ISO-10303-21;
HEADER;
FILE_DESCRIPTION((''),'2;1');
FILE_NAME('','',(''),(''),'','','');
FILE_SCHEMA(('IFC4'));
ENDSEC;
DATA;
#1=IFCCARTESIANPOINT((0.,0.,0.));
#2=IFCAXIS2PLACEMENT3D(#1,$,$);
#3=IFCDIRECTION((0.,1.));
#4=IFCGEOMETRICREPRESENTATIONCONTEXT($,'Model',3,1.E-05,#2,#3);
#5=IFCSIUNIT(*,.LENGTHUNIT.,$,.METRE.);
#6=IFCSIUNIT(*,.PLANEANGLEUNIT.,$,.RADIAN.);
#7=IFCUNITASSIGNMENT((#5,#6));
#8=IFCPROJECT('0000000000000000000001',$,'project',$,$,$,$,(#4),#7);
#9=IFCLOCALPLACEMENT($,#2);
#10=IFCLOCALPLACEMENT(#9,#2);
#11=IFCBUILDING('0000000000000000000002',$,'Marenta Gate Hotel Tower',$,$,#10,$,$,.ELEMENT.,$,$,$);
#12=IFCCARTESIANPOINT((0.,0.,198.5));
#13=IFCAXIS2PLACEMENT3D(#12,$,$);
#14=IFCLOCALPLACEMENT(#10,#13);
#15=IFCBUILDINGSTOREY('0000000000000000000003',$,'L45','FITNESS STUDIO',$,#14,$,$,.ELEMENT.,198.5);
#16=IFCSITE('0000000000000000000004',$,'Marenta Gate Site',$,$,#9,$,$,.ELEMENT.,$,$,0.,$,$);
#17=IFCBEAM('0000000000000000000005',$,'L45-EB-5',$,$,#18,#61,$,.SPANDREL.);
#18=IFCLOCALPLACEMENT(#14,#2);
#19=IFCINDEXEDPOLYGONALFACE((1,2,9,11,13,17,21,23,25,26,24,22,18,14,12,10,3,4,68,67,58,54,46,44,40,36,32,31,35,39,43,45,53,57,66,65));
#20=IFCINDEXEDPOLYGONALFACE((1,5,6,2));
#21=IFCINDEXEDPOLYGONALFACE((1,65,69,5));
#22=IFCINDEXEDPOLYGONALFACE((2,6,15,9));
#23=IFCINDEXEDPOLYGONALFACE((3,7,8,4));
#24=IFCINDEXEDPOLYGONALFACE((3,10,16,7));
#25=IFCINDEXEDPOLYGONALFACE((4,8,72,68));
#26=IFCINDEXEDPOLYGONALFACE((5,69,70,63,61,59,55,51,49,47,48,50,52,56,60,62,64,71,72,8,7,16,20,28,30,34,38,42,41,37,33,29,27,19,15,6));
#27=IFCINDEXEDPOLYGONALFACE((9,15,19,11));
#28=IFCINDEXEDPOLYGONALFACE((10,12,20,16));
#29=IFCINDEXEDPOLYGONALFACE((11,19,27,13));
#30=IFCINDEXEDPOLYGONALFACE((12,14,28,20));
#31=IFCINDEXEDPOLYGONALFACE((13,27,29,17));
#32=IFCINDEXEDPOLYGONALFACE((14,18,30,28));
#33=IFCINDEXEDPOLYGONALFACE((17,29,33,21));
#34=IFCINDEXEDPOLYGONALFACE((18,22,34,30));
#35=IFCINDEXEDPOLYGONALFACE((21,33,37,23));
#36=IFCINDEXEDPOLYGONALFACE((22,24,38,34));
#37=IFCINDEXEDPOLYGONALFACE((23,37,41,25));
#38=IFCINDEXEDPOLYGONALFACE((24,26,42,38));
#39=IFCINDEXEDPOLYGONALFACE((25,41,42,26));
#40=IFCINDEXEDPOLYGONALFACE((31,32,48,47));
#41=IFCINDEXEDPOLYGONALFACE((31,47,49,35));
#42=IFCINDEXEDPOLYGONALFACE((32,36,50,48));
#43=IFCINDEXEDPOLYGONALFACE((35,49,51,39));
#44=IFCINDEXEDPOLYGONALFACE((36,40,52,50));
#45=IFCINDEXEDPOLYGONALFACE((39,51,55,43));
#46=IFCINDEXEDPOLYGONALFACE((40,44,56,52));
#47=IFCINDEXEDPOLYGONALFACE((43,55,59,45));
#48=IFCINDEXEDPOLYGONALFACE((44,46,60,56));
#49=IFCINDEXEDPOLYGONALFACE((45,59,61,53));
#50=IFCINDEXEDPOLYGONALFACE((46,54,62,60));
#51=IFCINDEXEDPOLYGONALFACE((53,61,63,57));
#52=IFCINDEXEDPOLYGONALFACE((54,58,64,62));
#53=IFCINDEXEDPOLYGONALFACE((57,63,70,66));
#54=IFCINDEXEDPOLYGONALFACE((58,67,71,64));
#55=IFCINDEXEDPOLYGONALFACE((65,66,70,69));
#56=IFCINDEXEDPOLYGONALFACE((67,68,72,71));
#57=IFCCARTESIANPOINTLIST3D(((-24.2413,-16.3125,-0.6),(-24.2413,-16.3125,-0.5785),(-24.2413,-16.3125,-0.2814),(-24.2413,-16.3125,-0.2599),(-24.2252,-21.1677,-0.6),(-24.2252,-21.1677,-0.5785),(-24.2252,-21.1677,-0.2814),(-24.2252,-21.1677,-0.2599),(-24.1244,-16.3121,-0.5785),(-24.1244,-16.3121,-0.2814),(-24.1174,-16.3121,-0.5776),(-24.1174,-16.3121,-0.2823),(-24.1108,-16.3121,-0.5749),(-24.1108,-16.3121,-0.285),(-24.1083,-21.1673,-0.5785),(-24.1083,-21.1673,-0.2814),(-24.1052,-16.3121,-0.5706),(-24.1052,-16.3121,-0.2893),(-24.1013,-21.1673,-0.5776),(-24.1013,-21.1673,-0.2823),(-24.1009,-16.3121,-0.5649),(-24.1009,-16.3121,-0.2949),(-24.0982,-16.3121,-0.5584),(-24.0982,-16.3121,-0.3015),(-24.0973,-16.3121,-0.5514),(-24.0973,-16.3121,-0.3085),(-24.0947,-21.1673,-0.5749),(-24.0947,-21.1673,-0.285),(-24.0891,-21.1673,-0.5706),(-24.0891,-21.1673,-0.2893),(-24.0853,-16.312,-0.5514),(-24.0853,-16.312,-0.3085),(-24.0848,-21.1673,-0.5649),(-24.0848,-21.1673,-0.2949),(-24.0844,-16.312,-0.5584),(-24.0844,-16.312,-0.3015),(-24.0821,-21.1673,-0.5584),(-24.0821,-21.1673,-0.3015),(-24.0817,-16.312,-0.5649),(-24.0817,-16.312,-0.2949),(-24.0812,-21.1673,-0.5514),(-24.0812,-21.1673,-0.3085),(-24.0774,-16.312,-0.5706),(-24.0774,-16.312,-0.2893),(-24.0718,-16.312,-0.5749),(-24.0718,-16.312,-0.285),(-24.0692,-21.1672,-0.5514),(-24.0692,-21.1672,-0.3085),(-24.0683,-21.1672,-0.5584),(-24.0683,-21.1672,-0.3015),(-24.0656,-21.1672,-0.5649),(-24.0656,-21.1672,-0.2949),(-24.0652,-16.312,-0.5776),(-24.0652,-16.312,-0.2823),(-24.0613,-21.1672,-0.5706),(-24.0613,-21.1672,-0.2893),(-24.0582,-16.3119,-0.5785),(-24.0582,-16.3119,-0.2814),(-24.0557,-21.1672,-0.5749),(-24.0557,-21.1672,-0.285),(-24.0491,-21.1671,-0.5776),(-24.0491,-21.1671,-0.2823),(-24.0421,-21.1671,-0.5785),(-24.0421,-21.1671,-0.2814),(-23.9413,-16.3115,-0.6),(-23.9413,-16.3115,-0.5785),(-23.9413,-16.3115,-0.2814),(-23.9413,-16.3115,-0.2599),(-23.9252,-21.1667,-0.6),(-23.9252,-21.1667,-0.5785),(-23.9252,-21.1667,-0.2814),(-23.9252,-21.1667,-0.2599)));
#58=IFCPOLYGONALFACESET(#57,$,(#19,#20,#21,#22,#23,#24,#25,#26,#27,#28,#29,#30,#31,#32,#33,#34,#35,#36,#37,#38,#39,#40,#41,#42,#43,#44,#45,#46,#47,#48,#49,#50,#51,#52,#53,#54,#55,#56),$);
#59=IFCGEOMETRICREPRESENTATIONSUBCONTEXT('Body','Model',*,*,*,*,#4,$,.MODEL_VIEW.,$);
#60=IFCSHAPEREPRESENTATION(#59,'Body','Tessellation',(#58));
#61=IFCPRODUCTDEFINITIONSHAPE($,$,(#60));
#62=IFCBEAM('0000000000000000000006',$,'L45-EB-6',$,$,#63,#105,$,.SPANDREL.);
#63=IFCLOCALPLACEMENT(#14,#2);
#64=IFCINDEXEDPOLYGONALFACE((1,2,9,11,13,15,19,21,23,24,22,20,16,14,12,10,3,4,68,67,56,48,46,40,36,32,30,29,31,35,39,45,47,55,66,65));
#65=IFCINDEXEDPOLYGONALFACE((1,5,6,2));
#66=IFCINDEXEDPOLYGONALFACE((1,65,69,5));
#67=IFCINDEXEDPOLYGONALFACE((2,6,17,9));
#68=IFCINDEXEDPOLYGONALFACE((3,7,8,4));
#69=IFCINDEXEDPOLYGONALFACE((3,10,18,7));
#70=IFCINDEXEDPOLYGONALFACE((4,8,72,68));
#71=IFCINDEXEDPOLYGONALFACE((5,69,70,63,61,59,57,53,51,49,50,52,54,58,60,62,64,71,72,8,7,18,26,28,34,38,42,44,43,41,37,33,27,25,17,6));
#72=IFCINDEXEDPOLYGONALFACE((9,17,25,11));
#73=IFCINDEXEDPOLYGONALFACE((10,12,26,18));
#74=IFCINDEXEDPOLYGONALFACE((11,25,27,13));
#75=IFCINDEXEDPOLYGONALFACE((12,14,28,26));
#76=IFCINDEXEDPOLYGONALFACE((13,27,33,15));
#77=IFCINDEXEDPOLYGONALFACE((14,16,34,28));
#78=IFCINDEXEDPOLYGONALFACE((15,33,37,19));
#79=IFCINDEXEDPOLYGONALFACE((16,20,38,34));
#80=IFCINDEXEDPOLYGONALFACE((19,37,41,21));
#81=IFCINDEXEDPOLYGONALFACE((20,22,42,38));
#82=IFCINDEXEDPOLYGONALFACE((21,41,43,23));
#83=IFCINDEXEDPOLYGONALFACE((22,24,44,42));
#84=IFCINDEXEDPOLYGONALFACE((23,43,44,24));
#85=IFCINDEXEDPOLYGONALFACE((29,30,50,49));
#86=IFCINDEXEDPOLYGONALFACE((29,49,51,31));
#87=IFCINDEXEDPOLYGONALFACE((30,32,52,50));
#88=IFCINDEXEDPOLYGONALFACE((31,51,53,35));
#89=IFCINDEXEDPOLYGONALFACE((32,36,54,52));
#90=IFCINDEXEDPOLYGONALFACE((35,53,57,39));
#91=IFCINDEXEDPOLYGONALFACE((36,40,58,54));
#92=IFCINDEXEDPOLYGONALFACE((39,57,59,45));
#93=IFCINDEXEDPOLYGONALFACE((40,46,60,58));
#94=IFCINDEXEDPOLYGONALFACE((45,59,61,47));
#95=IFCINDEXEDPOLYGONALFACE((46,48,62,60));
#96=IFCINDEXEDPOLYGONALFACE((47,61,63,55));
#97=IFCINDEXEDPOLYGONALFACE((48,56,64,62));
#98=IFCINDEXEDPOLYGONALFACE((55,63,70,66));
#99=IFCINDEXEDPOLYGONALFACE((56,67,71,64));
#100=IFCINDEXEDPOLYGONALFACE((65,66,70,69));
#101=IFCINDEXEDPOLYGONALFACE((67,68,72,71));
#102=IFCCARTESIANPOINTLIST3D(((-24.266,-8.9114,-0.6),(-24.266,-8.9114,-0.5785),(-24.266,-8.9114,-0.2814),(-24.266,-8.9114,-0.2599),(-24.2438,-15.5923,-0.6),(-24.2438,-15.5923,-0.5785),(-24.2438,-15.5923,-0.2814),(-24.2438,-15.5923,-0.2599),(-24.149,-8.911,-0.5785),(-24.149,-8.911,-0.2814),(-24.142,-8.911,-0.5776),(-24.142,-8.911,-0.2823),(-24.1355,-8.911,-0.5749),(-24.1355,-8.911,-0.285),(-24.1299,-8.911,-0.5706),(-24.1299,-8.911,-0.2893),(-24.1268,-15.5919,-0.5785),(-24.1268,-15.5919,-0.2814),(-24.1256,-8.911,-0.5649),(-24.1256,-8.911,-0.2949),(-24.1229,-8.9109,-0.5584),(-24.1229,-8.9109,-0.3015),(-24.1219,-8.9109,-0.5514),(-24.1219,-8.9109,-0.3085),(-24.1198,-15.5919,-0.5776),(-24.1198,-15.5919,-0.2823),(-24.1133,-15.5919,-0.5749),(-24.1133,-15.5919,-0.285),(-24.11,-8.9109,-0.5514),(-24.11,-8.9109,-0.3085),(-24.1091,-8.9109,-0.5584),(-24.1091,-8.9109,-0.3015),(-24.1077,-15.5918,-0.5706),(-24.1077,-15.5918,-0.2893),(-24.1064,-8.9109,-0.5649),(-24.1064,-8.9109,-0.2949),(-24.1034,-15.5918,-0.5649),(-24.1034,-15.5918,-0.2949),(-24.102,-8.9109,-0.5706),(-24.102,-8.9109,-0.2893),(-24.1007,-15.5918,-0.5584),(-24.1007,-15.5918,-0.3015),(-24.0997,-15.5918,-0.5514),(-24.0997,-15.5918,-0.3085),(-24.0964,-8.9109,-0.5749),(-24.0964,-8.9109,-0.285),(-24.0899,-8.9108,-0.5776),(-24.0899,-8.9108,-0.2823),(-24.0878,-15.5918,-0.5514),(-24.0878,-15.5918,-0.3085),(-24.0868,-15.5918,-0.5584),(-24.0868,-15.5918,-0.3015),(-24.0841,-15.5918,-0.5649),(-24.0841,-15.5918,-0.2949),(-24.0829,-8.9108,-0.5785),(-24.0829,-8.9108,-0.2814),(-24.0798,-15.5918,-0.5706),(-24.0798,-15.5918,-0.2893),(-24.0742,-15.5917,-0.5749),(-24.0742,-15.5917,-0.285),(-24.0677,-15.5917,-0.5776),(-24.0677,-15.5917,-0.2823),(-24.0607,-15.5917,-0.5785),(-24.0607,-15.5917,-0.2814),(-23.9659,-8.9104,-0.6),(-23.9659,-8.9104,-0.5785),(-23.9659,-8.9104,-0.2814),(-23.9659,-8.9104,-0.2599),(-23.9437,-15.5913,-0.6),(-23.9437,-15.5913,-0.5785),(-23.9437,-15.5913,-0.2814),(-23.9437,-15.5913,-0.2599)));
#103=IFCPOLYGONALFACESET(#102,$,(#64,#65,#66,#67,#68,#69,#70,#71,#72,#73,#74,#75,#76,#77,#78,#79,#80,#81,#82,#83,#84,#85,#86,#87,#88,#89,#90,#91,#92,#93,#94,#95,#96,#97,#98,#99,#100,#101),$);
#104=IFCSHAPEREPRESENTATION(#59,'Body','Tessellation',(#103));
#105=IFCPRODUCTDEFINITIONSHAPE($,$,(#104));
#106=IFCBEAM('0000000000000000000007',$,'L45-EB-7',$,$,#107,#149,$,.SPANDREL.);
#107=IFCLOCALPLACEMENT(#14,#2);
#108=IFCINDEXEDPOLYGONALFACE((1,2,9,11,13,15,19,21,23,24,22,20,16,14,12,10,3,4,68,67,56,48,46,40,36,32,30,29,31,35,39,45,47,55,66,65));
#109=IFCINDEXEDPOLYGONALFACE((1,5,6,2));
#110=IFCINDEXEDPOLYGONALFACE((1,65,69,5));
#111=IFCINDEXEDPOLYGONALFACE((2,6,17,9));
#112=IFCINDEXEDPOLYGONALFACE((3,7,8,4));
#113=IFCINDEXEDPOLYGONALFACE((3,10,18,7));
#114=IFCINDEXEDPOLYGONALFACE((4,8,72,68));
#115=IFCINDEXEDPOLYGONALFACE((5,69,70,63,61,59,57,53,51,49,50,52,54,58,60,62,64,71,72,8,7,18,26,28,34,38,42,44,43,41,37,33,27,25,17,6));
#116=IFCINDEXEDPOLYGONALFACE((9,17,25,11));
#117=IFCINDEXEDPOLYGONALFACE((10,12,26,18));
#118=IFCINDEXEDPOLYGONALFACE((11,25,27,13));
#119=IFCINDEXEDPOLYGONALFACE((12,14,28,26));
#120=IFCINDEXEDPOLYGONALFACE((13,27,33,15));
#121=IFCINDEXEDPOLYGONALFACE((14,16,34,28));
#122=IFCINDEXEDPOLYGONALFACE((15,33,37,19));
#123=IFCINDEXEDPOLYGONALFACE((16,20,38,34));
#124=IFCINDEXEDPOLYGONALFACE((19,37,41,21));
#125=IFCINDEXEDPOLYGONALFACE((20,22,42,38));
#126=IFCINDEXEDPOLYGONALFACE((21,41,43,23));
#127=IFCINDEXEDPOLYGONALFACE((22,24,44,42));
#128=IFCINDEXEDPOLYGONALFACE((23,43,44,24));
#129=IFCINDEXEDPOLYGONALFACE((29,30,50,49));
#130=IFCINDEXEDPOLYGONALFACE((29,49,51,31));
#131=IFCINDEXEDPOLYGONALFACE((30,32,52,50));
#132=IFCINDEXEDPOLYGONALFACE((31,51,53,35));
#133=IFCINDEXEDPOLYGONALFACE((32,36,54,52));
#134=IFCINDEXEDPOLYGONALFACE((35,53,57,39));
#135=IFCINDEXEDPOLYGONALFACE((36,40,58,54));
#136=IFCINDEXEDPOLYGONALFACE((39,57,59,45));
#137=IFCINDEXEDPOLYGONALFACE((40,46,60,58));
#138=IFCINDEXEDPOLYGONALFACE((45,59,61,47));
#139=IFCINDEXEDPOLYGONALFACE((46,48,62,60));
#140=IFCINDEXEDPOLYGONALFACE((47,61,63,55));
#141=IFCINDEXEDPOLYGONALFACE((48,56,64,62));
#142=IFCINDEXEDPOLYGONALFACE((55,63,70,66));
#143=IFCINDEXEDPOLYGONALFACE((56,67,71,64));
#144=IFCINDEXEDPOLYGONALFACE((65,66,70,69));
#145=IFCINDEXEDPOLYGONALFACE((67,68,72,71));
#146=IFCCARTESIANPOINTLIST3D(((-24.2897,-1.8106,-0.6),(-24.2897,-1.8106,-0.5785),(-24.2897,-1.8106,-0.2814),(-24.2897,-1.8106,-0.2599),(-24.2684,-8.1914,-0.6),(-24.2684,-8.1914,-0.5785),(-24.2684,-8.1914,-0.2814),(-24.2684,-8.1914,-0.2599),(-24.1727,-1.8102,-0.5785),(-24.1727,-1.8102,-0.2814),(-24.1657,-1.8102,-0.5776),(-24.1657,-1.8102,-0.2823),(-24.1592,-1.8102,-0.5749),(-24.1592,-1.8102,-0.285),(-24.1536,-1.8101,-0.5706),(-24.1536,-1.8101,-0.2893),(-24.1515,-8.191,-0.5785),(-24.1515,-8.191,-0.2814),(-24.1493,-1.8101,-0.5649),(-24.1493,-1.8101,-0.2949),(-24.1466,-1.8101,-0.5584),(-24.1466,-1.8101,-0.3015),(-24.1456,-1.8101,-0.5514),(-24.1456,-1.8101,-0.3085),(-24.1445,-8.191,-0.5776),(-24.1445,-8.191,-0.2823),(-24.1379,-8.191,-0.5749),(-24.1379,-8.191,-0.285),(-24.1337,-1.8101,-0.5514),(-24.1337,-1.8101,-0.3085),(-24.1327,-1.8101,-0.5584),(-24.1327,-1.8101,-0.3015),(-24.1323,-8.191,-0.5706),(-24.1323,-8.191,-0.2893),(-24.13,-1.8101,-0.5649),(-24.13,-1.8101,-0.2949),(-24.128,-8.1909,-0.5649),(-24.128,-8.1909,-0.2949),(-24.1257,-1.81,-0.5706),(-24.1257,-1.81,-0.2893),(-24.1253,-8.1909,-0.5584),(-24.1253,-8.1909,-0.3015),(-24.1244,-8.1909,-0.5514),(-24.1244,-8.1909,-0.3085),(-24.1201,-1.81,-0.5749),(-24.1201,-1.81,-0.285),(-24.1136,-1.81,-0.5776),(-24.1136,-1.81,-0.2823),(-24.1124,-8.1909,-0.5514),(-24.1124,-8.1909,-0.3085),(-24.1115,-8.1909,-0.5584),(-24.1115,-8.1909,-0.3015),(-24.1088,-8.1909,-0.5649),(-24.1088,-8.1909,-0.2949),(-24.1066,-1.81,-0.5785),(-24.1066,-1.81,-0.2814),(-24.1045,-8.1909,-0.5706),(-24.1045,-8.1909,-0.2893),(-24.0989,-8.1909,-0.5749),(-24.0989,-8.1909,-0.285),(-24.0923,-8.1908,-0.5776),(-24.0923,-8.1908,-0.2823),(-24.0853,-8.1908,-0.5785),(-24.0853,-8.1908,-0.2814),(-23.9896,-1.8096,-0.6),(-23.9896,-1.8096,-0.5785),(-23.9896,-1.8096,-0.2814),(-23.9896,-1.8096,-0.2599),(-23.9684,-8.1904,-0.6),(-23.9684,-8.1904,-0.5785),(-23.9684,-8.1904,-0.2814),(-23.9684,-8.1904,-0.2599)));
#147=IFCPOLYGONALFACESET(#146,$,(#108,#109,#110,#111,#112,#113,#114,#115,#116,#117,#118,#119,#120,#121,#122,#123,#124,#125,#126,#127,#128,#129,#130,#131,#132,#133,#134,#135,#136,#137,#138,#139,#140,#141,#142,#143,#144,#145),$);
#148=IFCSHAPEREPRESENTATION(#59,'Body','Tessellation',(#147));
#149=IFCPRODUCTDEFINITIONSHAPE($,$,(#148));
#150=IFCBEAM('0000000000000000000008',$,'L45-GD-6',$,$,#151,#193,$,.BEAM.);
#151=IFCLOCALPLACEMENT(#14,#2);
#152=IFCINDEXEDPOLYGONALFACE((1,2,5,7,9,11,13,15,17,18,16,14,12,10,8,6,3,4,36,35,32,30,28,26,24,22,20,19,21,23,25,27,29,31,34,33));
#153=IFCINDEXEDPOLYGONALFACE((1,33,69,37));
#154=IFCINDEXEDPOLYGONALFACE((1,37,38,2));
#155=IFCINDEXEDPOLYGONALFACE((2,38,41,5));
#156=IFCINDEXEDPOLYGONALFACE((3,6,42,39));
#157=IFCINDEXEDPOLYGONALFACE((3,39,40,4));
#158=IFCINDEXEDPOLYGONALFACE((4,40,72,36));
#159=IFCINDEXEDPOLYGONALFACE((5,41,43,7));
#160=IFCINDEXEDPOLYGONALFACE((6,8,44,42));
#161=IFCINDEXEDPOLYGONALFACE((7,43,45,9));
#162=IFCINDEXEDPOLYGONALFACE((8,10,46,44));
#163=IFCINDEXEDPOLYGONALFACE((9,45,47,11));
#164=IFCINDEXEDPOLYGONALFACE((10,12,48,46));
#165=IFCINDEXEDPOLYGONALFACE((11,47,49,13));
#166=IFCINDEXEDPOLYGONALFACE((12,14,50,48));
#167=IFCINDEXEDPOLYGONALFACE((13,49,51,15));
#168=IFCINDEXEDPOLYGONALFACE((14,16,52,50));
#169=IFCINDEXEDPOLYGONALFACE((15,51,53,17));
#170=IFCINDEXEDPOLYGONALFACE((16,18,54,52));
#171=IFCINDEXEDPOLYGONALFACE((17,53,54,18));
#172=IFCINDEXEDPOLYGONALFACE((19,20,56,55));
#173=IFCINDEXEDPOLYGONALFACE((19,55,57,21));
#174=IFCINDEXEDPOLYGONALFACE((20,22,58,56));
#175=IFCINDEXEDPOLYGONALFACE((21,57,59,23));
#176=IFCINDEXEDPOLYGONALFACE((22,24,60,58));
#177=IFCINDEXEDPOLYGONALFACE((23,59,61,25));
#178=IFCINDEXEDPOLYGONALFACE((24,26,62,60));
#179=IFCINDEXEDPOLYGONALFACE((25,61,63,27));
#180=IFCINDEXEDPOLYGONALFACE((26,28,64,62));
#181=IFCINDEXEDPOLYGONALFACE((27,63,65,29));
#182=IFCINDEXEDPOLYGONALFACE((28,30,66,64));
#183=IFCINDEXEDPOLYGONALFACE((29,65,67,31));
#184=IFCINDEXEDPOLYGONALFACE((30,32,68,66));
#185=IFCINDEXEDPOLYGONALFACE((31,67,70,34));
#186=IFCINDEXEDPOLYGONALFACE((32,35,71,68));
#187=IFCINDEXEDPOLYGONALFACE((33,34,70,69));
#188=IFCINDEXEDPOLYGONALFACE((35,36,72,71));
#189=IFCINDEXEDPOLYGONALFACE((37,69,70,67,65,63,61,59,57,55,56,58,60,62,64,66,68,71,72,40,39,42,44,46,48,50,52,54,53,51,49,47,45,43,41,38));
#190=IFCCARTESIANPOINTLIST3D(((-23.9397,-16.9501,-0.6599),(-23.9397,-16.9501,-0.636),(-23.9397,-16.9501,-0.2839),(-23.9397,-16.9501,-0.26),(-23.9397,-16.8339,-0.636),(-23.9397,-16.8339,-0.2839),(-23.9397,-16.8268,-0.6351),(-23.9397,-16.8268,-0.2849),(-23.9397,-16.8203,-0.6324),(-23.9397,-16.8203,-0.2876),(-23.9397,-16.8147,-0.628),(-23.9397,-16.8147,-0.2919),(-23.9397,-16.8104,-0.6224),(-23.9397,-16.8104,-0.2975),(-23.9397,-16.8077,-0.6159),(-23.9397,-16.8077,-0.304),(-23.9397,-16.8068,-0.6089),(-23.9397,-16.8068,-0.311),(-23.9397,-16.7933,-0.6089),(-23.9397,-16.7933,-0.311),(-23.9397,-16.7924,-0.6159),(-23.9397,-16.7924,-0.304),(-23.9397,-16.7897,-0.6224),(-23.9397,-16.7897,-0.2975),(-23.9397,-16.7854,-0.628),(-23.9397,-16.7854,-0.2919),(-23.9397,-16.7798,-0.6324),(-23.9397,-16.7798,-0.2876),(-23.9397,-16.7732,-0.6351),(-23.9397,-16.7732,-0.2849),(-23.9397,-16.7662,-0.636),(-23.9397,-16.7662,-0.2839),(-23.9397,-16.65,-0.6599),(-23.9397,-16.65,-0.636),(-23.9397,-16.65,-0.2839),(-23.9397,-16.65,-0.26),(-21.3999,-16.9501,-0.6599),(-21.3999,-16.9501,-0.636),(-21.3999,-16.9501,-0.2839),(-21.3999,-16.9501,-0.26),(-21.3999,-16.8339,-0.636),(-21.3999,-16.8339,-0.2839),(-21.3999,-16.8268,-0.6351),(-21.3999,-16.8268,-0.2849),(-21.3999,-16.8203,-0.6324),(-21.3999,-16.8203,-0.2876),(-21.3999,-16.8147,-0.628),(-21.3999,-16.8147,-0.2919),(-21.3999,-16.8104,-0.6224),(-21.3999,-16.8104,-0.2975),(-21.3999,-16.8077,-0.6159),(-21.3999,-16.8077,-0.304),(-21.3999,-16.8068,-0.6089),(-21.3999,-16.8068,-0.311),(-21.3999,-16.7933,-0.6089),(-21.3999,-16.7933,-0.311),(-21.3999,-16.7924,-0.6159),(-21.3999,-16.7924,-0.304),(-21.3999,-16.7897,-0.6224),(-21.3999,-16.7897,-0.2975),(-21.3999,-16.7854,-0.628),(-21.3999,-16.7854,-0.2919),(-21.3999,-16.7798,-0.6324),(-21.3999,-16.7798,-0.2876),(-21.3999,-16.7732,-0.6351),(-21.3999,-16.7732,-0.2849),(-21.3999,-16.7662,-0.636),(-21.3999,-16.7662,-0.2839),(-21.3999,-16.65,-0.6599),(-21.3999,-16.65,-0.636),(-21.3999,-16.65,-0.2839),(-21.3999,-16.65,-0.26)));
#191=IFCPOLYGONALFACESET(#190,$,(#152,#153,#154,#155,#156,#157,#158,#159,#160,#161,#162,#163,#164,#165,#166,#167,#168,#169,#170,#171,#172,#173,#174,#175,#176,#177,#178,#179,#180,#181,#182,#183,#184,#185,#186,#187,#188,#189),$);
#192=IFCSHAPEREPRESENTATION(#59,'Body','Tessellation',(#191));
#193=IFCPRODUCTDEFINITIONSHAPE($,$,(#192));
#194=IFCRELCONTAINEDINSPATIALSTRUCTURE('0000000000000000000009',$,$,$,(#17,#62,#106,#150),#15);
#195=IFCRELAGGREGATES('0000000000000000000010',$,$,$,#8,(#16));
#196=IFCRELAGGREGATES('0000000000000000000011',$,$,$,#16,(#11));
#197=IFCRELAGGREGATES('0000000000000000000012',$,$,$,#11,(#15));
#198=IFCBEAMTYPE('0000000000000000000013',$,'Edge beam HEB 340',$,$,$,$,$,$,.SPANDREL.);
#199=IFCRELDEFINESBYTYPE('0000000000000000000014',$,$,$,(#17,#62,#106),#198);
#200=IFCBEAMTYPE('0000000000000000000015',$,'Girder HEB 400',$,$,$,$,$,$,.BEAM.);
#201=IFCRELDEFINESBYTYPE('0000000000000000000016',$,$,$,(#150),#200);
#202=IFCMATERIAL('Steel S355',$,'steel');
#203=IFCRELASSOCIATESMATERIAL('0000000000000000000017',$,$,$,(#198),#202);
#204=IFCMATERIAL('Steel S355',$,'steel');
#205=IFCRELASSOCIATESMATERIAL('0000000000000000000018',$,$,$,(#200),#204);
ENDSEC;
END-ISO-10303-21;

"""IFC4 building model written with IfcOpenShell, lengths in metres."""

from ifc_helpers import new_model, si_unit, direction, frame, origin, origin_2d, place, context, subcontext, project, spatial, i_section, extrude, material, material_profile, profile_set, type_object, element, save


model = new_model("IFC4")

# Units and contexts
model_context = context("Model", 3, precision=1e-05, world=origin(), true_north=direction((0.0, 1.0)))
body_context = subcontext(model_context, "Body", "Model", "MODEL_VIEW")
ifc_project = project(units=[si_unit("LENGTHUNIT", "METRE"), si_unit("PLANEANGLEUNIT", "RADIAN")], contexts=[model_context])

# Site, building, storey
site_placement = place(None, origin())
site = spatial("IfcSite", under=ifc_project, at=site_placement, Name="Marenta Gate Site", CompositionType="ELEMENT", RefElevation=0.0)
building_placement = place(site_placement, origin())
building = spatial("IfcBuilding", under=site, at=building_placement, Name="Marenta Gate Hotel Tower", CompositionType="ELEMENT")
storey_placement = place(building_placement, frame((0.0, 0.0, 198.5)))
storey = spatial("IfcBuildingStorey", under=building, at=storey_placement, Name="L45", Description="FITNESS STUDIO", CompositionType="ELEMENT", Elevation=198.5)

# Beams
ifc_material_1 = material(Name="Steel S355", Category="steel")
ifc_material_profile_1 = material_profile(ifc_material_1, i_section(OverallWidth=0.3, OverallDepth=0.3401, WebThickness=0.012, FlangeThickness=0.0215, FilletRadius=0.0271, at=origin_2d()), Name="HEB 340")
ifc_profile_set_1 = profile_set([ifc_material_profile_1], Name="Steel S355")
beam_type_1 = type_object("IfcBeamType", Name="Edge beam HEB 340", PredefinedType="SPANDREL", material=ifc_profile_set_1)
beam_1_placement = place(storey_placement, frame((-24.0752, -21.1672, -0.4299), z_axis=(-0.003319, 0.999994, 0.0), x_axis=(-0.999994, -0.003319, 0.0)))
element("IfcBeam", 1, at=beam_1_placement, inside=storey, type_object=beam_type_1, Name="L45-EB-5", PredefinedType="SPANDREL", context=body_context, shape_type="SweptSolid", body=[
    extrude(i_section(OverallWidth=0.3, OverallDepth=0.3401, WebThickness=0.012, FlangeThickness=0.0215, FilletRadius=0.0271, at=origin_2d()), origin(), (0.0, 0.0, 1.0), 4.8552),
])
beam_2_placement = place(storey_placement, frame((-24.0938, -15.5918, -0.4299), z_axis=(-0.003325, 0.999994, 0.0), x_axis=(-0.999994, -0.003325, 0.0)))
element("IfcBeam", 2, at=beam_2_placement, inside=storey, type_object=beam_type_1, Name="L45-EB-6", PredefinedType="SPANDREL", context=body_context, shape_type="SweptSolid", body=[
    extrude(i_section(OverallWidth=0.3, OverallDepth=0.3401, WebThickness=0.012, FlangeThickness=0.0215, FilletRadius=0.0271, at=origin_2d()), origin(), (0.0, 0.0, 1.0), 6.6809),
])
beam_3_placement = place(storey_placement, frame((-24.1184, -8.1909, -0.4299), z_axis=(-0.003329, 0.999994, 0.0), x_axis=(-0.999994, -0.003329, 0.0)))
element("IfcBeam", 3, at=beam_3_placement, inside=storey, type_object=beam_type_1, Name="L45-EB-7", PredefinedType="SPANDREL", context=body_context, shape_type="SweptSolid", body=[
    extrude(i_section(OverallWidth=0.3, OverallDepth=0.3401, WebThickness=0.012, FlangeThickness=0.0215, FilletRadius=0.0271, at=origin_2d()), origin(), (0.0, 0.0, 1.0), 6.3809),
])
ifc_material_2 = material(Name="Steel S355", Category="steel")
ifc_material_profile_2 = material_profile(ifc_material_2, i_section(OverallWidth=0.3, OverallDepth=0.3999, WebThickness=0.0134, FlangeThickness=0.0239, FilletRadius=0.0271, at=origin_2d()), Name="HEB 400")
ifc_profile_set_2 = profile_set([ifc_material_profile_2], Name="Steel S355")
beam_type_2 = type_object("IfcBeamType", Name="Girder HEB 400", PredefinedType="BEAM", material=ifc_profile_set_2)
beam_4_placement = place(storey_placement, frame((-23.9397, -16.8, -0.46), z_axis=(1.0, 0.0, 0.0), x_axis=(0.0, 1.0, 0.0)))
element("IfcBeam", 4, at=beam_4_placement, inside=storey, type_object=beam_type_2, Name="L45-GD-6", PredefinedType="BEAM", context=body_context, shape_type="SweptSolid", body=[
    extrude(i_section(OverallWidth=0.3, OverallDepth=0.3999, WebThickness=0.0134, FlangeThickness=0.0239, FilletRadius=0.0271, at=origin_2d()), origin(), (0.0, 0.0, 1.0), 2.5398),
])

save(model, "model.ifc")
